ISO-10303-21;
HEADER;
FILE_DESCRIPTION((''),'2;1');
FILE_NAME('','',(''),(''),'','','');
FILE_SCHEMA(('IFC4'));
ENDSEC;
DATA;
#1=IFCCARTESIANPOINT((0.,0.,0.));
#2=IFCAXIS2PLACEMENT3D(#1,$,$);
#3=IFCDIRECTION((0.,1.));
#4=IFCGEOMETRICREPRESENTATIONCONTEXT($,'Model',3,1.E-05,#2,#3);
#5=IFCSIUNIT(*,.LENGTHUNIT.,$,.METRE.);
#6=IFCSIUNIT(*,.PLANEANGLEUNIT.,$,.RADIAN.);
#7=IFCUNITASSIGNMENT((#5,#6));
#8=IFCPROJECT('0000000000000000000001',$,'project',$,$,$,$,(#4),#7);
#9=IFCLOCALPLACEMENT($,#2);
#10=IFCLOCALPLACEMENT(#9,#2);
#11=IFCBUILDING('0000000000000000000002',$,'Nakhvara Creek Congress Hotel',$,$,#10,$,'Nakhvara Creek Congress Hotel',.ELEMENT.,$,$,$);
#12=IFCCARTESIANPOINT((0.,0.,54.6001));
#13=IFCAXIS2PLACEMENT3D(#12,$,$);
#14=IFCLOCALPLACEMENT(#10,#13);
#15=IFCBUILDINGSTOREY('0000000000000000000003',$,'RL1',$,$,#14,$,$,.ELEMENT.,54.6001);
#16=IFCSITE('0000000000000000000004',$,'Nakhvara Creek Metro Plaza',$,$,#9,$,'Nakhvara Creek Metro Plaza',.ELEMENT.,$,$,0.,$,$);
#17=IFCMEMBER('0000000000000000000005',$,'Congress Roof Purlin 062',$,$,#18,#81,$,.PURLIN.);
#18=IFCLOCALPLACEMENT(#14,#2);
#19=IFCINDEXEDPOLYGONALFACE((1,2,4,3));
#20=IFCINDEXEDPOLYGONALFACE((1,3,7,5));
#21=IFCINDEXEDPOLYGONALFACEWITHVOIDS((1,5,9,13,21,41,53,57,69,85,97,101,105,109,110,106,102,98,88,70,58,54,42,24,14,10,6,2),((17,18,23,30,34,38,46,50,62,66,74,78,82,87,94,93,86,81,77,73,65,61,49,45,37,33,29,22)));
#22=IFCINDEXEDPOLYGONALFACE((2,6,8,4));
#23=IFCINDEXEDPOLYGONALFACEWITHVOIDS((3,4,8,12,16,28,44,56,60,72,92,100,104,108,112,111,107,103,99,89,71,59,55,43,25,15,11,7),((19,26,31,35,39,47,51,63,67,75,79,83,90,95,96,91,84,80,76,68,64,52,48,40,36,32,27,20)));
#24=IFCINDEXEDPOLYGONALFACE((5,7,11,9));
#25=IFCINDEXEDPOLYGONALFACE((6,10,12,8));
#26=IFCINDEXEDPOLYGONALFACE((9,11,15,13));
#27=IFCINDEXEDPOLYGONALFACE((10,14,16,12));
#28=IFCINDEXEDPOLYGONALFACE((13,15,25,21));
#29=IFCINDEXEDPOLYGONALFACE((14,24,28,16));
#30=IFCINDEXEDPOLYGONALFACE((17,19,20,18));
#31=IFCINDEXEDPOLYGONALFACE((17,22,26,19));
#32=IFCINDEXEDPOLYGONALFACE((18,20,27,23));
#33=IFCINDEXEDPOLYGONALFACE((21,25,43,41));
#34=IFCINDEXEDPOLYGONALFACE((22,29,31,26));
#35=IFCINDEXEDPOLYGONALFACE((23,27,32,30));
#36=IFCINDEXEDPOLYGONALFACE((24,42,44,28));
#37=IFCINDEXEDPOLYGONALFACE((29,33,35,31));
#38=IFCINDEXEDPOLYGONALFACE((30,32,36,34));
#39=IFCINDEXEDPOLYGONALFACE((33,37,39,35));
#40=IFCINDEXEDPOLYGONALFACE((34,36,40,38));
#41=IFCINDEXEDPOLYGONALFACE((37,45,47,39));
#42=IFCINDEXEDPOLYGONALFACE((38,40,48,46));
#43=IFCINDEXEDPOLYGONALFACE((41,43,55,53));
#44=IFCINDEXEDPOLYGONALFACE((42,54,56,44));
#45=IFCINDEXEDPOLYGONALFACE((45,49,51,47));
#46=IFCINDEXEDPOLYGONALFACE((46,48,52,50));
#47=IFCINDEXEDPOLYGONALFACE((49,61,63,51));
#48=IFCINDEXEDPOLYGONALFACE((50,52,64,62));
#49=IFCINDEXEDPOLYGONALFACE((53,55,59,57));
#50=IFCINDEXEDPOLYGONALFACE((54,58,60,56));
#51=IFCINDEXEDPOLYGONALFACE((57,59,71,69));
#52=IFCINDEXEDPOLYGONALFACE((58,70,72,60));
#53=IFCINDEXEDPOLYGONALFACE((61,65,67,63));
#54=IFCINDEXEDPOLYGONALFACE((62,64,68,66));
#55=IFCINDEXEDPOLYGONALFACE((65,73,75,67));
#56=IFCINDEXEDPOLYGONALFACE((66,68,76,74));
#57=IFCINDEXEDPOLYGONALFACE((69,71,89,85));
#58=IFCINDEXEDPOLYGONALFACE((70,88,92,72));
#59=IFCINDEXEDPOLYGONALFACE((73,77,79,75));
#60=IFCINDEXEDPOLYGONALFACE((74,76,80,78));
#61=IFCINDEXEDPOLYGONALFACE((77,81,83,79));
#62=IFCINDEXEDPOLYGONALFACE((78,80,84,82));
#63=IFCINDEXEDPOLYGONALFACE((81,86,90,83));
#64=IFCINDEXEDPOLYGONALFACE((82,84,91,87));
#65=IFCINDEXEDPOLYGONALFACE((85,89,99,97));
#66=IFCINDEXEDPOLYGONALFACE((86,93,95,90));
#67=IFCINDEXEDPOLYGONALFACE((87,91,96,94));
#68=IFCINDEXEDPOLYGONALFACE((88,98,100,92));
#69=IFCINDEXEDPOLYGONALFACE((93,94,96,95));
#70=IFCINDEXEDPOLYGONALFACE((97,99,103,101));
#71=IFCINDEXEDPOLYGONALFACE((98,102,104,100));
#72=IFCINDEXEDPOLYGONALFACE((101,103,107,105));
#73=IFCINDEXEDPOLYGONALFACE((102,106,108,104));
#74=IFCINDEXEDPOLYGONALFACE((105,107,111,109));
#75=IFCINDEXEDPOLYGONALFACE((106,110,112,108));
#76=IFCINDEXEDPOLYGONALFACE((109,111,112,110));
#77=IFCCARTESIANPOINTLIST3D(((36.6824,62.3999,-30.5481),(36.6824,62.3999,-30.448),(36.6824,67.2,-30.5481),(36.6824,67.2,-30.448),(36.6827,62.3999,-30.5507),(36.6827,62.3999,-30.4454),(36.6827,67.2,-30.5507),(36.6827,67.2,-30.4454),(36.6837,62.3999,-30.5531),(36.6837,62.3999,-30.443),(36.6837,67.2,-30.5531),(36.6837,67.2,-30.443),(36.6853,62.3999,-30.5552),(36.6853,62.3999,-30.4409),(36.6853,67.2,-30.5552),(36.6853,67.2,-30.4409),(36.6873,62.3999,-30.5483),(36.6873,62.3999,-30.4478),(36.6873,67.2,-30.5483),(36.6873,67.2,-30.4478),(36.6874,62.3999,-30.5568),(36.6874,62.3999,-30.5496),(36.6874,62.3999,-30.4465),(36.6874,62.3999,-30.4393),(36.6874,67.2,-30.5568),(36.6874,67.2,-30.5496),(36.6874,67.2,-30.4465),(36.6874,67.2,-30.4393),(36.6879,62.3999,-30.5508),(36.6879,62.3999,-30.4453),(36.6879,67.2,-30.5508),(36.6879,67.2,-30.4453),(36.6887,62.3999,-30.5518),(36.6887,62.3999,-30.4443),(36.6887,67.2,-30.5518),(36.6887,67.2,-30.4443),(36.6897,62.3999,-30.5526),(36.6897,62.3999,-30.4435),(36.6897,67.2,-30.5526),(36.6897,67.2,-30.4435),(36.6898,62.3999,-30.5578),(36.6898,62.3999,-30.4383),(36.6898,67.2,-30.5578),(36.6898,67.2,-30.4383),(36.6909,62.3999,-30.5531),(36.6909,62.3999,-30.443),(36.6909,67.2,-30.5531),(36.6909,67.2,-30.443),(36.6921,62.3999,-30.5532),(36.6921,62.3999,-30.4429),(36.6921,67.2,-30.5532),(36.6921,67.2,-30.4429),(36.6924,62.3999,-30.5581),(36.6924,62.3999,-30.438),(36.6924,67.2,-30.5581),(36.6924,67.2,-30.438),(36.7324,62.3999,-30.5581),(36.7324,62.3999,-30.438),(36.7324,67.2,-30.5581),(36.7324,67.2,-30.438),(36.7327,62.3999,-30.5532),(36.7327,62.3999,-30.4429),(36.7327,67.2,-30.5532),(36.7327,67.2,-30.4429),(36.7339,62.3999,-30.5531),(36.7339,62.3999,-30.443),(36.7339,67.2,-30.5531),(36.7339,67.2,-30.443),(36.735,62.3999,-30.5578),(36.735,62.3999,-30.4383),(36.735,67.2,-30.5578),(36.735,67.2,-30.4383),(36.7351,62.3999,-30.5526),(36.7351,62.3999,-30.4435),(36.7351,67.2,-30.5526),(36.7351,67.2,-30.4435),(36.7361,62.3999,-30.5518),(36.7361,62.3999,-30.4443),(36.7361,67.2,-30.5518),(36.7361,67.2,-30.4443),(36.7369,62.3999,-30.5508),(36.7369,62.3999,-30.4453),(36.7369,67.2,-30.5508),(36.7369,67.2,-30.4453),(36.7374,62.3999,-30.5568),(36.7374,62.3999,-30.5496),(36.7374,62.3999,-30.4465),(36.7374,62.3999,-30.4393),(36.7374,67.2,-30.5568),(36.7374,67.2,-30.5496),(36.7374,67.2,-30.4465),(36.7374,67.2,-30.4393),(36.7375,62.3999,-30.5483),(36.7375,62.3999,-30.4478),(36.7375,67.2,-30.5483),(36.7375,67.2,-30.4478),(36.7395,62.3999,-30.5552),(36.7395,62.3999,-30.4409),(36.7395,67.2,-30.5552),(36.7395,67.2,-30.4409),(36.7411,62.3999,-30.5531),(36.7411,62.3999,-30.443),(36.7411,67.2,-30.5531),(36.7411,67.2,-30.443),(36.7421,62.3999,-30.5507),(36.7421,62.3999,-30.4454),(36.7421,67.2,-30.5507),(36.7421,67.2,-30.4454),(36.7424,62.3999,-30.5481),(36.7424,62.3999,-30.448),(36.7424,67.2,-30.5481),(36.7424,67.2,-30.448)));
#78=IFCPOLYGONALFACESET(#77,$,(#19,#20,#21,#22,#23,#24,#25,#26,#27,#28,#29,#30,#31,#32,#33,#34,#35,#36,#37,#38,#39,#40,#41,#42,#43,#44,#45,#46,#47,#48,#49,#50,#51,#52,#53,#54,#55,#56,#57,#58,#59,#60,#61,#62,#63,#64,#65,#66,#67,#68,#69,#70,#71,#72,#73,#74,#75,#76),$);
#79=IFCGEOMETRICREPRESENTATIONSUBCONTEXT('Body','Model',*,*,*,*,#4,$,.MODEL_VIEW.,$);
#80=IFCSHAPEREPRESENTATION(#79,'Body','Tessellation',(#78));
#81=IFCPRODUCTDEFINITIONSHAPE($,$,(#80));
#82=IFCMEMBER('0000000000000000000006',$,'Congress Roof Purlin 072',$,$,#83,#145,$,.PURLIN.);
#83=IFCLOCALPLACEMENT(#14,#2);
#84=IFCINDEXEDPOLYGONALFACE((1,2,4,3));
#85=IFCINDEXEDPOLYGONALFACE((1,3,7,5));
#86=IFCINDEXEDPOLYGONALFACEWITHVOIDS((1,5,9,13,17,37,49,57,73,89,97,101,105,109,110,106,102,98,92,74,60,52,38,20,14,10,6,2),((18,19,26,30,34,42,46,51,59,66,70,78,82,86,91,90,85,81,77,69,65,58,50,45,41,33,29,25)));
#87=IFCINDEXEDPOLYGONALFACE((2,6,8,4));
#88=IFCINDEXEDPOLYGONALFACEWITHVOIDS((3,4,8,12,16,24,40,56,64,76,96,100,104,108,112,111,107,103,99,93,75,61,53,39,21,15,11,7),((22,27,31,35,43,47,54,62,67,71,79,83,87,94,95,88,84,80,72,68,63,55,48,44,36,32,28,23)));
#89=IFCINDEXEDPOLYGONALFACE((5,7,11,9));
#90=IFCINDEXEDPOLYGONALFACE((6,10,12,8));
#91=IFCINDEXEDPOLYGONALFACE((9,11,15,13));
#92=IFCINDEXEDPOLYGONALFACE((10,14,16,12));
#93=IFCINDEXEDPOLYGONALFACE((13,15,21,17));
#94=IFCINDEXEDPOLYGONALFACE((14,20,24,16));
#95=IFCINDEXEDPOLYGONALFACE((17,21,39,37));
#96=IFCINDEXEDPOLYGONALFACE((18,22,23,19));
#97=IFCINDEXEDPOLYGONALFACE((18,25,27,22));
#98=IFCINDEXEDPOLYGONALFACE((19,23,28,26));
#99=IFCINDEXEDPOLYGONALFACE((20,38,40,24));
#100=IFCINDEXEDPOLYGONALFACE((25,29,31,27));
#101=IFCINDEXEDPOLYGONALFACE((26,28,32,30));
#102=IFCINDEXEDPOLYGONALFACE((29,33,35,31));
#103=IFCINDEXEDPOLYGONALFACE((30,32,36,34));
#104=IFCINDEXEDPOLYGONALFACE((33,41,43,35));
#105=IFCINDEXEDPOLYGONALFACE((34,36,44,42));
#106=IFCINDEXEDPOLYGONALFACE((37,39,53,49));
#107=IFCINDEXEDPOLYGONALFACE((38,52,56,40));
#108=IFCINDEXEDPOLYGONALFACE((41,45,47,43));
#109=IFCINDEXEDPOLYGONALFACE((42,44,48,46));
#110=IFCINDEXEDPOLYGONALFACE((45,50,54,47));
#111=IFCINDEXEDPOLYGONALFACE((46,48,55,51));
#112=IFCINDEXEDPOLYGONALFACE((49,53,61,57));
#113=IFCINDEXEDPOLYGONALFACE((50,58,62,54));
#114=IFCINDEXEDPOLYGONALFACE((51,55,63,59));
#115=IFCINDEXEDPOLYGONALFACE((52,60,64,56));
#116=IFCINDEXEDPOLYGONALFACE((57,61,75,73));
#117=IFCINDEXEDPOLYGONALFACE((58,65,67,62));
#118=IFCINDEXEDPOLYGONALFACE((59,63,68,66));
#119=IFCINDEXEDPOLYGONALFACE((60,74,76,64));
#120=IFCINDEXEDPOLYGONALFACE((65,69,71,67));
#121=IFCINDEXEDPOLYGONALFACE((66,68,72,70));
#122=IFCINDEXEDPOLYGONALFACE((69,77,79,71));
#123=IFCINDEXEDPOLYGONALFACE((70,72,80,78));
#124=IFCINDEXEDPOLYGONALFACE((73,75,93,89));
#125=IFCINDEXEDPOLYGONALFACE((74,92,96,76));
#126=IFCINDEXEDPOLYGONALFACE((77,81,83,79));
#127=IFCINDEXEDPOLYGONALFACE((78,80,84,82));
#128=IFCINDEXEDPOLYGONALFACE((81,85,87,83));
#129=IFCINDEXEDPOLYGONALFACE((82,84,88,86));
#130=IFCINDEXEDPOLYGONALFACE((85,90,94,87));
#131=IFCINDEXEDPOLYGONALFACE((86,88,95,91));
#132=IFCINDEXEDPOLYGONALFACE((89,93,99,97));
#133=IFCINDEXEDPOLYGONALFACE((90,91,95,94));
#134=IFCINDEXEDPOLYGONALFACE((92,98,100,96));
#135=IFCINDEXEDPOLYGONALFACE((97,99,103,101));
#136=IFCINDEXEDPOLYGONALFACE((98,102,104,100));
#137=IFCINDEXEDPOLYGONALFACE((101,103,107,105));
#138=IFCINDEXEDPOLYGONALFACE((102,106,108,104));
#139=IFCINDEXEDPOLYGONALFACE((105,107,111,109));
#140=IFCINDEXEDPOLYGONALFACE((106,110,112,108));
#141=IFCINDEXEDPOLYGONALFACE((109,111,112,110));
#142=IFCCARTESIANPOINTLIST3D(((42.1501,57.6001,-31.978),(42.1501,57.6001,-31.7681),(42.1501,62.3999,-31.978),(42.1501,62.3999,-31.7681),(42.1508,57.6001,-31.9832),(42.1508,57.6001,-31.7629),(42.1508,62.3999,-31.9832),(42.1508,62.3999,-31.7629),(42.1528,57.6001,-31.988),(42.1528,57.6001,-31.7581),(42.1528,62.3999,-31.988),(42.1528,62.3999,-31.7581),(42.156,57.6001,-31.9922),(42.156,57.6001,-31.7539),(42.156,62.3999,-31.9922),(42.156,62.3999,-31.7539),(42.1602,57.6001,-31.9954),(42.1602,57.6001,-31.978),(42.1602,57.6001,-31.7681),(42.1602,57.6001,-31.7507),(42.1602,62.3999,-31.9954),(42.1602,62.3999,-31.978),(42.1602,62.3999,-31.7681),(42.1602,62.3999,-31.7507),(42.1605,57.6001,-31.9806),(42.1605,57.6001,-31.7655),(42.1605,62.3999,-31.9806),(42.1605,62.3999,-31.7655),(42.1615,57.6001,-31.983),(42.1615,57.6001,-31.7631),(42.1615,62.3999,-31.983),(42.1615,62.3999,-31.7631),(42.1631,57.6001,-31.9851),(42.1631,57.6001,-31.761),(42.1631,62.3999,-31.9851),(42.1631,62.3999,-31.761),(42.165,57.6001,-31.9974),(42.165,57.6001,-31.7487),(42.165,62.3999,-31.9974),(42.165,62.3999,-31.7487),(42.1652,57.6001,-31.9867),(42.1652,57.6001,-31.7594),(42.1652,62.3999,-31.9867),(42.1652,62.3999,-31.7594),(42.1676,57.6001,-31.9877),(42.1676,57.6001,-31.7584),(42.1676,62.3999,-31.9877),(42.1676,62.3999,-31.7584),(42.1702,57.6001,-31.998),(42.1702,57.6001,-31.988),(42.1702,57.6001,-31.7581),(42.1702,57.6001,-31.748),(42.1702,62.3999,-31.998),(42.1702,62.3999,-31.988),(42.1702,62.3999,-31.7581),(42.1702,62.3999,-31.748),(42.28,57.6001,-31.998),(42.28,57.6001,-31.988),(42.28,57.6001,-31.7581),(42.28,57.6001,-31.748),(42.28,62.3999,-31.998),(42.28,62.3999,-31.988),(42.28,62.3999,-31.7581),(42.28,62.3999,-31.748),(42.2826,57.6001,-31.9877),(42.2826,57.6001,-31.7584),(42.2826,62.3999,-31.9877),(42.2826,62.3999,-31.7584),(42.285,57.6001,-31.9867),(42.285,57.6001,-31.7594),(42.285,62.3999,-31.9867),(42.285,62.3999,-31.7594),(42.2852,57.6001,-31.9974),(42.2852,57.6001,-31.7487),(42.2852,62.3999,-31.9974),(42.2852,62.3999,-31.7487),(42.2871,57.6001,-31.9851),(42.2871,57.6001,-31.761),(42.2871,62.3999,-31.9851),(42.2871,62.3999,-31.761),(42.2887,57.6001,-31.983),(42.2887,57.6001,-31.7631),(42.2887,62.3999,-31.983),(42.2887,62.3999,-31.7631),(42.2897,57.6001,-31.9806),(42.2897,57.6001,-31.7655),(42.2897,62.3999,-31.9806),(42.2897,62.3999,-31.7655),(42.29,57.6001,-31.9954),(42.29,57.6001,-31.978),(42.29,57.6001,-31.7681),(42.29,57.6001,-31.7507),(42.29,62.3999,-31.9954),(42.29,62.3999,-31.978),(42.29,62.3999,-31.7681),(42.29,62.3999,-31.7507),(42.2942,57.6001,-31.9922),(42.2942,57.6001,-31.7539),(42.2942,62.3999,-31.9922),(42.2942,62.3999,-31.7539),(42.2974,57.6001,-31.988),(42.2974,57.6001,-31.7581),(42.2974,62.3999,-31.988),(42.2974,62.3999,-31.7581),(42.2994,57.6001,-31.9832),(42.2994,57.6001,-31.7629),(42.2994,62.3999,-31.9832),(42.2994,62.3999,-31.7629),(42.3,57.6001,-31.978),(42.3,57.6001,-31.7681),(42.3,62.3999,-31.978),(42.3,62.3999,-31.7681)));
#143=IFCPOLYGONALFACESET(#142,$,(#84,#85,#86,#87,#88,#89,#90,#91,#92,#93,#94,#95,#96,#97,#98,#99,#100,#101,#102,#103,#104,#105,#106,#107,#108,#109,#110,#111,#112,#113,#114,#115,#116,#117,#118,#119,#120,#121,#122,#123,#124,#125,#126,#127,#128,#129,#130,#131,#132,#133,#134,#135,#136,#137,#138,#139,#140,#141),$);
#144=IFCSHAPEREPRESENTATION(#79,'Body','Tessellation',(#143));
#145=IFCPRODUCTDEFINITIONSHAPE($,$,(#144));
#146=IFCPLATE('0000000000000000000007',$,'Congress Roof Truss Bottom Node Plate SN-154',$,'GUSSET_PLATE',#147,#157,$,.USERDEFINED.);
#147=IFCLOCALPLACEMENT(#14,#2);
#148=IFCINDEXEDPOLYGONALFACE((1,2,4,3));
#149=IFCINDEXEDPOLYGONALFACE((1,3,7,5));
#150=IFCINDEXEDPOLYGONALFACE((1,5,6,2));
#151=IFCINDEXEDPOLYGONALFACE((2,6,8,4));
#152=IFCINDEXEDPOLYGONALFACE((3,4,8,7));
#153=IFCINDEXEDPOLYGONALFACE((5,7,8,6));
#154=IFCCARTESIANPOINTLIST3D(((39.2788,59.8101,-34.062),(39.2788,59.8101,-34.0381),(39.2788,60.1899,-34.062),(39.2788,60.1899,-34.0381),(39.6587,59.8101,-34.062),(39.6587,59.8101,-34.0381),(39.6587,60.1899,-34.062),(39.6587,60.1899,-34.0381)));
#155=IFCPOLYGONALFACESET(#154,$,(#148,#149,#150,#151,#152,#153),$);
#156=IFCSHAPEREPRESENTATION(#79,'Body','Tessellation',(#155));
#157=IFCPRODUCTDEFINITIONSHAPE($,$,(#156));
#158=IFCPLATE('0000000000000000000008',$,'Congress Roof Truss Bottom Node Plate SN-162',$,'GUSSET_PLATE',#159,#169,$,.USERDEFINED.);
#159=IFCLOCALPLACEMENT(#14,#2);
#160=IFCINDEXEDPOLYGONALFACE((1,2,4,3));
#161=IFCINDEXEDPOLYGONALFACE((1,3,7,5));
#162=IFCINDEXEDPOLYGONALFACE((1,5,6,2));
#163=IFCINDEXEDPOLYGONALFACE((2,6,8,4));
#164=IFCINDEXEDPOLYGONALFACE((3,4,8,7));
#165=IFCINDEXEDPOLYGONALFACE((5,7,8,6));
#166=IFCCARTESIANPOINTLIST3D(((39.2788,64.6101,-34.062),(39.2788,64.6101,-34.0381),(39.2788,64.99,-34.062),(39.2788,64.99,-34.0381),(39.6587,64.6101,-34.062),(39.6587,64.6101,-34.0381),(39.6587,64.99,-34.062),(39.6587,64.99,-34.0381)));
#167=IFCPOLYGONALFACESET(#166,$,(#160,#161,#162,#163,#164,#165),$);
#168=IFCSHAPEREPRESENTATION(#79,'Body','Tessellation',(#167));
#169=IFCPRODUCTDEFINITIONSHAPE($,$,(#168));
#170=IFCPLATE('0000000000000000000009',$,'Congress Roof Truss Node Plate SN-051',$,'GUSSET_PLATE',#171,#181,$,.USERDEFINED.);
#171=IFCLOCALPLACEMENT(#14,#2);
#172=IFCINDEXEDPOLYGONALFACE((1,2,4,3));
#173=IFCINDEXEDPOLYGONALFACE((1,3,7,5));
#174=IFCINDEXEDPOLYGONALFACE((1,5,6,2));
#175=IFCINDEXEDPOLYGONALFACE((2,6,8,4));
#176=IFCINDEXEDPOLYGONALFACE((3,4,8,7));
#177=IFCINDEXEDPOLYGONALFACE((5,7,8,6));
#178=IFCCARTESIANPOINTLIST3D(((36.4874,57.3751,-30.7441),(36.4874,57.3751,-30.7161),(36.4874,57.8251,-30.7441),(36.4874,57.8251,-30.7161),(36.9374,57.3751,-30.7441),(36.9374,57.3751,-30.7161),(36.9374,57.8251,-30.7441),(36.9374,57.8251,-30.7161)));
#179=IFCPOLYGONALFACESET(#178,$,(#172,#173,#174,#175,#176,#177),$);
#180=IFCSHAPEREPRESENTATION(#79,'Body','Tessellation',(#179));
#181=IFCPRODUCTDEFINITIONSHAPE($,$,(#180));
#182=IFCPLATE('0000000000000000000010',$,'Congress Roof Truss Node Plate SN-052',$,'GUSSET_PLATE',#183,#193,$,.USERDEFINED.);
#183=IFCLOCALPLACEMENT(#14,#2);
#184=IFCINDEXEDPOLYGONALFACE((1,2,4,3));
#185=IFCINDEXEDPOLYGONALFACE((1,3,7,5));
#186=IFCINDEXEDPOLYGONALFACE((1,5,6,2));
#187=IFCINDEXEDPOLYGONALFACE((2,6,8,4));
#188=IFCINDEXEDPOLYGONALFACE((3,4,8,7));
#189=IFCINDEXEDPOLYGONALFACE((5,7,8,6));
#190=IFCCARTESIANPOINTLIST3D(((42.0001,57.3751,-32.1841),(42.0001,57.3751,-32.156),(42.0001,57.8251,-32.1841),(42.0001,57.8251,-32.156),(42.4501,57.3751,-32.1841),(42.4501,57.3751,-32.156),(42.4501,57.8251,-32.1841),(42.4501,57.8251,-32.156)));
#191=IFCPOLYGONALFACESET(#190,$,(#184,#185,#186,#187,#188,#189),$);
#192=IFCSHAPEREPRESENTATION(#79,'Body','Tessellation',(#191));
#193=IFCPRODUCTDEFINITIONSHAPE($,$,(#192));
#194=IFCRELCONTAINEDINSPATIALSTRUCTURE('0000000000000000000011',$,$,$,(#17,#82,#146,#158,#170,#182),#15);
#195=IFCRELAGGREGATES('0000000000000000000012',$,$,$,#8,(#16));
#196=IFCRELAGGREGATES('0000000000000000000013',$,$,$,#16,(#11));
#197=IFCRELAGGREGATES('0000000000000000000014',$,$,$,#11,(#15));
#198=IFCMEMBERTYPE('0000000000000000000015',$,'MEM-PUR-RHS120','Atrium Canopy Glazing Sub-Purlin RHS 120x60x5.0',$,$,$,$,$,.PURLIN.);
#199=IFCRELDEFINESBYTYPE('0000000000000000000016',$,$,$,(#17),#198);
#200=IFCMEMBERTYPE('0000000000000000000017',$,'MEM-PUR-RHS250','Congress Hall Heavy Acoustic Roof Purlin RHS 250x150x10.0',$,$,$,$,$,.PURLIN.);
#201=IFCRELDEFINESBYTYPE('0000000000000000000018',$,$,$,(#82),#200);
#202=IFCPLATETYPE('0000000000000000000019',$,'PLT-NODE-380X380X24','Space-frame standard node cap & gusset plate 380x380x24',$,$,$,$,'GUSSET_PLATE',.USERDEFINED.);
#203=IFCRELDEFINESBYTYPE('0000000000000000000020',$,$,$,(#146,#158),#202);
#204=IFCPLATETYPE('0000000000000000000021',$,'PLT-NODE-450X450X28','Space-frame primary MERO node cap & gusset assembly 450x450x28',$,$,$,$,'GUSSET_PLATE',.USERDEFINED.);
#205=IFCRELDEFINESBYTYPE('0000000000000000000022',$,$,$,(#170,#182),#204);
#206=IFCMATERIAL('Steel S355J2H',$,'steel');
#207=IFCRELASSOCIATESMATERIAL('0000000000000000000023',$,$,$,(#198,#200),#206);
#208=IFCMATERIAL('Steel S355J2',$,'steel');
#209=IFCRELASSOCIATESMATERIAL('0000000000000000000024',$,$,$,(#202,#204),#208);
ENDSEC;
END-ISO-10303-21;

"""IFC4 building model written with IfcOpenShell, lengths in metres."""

from ifc_helpers import new_model, si_unit, direction, frame, origin, origin_2d, place, context, subcontext, project, spatial, rectangle, hollow_rectangle, extrude, material, material_profile, profile_set, type_object, element, save


model = new_model("IFC4")

# Units and contexts
model_context = context("Model", 3, precision=1e-05, world=origin(), true_north=direction((0.0, 1.0)))
body_context = subcontext(model_context, "Body", "Model", "MODEL_VIEW")
ifc_project = project(units=[si_unit("LENGTHUNIT", "METRE"), si_unit("PLANEANGLEUNIT", "RADIAN")], contexts=[model_context])

# Site, building, storey
site_placement = place(None, origin())
site = spatial("IfcSite", under=ifc_project, at=site_placement, Name="Nakhvara Creek Metro Plaza", LongName="Nakhvara Creek Metro Plaza", CompositionType="ELEMENT", RefElevation=0.0)
building_placement = place(site_placement, origin())
building = spatial("IfcBuilding", under=site, at=building_placement, Name="Nakhvara Creek Congress Hotel", LongName="Nakhvara Creek Congress Hotel", CompositionType="ELEMENT")
storey_placement = place(building_placement, frame((0.0, 0.0, 54.6001)))
storey = spatial("IfcBuildingStorey", under=building, at=storey_placement, Name="RL1", CompositionType="ELEMENT", Elevation=54.6001)

# Members
ifc_material_1 = material(Name="Steel S355J2H", Category="steel")
ifc_material_profile_1 = material_profile(ifc_material_1, hollow_rectangle(XDim=0.0601, YDim=0.1201, WallThickness=0.0049, InnerFilletRadius=0.0049, OuterFilletRadius=0.01, at=origin_2d()), Name="RHS 120x60x5.0", Category="LoadBearing")
ifc_profile_set_1 = profile_set([ifc_material_profile_1], Name="Steel S355J2H")
member_type_1 = type_object("IfcMemberType", Name="MEM-PUR-RHS120", Description="Atrium Canopy Glazing Sub-Purlin RHS 120x60x5.0", PredefinedType="PURLIN", material=ifc_profile_set_1)
member_1_placement = place(storey_placement, frame((36.7124, 62.3999, -30.498), z_axis=(0.0, 1.0, 0.0), x_axis=(-1.0, 0.0, 0.0)))
element("IfcMember", 1, at=member_1_placement, inside=storey, type_object=member_type_1, Name="Congress Roof Purlin 062", PredefinedType="PURLIN", context=body_context, shape_type="SweptSolid", body=[
    extrude(hollow_rectangle(XDim=0.0601, YDim=0.1201, WallThickness=0.0049, InnerFilletRadius=0.0049, OuterFilletRadius=0.01, at=origin_2d()), origin(), (0.0, 0.0, 1.0), 4.8),
])
ifc_material_profile_2 = material_profile(ifc_material_1, hollow_rectangle(XDim=0.1499, YDim=0.25, WallThickness=0.01, InnerFilletRadius=0.01, OuterFilletRadius=0.02, at=origin_2d()), Name="RHS 250x150x10.0", Category="LoadBearing")
ifc_profile_set_2 = profile_set([ifc_material_profile_2], Name="Steel S355J2H")
member_type_2 = type_object("IfcMemberType", Name="MEM-PUR-RHS250", Description="Congress Hall Heavy Acoustic Roof Purlin RHS 250x150x10.0", PredefinedType="PURLIN", material=ifc_profile_set_2)
member_2_placement = place(storey_placement, frame((42.2251, 57.6001, -31.873), z_axis=(0.0, 1.0, 0.0), x_axis=(-1.0, 0.0, 0.0)))
element("IfcMember", 2, at=member_2_placement, inside=storey, type_object=member_type_2, Name="Congress Roof Purlin 072", PredefinedType="PURLIN", context=body_context, shape_type="SweptSolid", body=[
    extrude(hollow_rectangle(XDim=0.1499, YDim=0.25, WallThickness=0.01, InnerFilletRadius=0.01, OuterFilletRadius=0.02, at=origin_2d()), origin(), (0.0, 0.0, 1.0), 4.7998),
])

# Plates
ifc_material_2 = material(Name="Steel S355J2", Category="steel")
plate_type_1 = type_object("IfcPlateType", Name="PLT-NODE-380X380X24", Description="Space-frame standard node cap & gusset plate 380x380x24", ElementType="GUSSET_PLATE", PredefinedType="USERDEFINED", material=ifc_material_2)
for number, where, z_axis, x_axis, name in (
    (3, (39.4688, 60.0, -34.062), (0.0, 0.0, 1.0), (1.0, 0.0, 0.0), "Congress Roof Truss Bottom Node Plate SN-154"),
    (4, (39.4688, 64.8, -34.062), (0.0, 0.0, 1.0), (1.0, 0.0, 0.0), "Congress Roof Truss Bottom Node Plate SN-162"),
):
    element("IfcPlate", number, at=place(storey_placement, frame(where, z_axis=z_axis, x_axis=x_axis)), inside=storey, type_object=plate_type_1, Name=name, ObjectType="GUSSET_PLATE", PredefinedType="USERDEFINED", context=body_context, shape_type="SweptSolid", body=[
        extrude(rectangle(XDim=0.3799, YDim=0.3799, at=origin_2d()), origin(), (0.0, 0.0, 1.0), 0.0239),
    ])
plate_type_2 = type_object("IfcPlateType", Name="PLT-NODE-450X450X28", Description="Space-frame primary MERO node cap & gusset assembly 450x450x28", ElementType="GUSSET_PLATE", PredefinedType="USERDEFINED", material=ifc_material_2)
for number, where, z_axis, x_axis, name in (
    (5, (36.7124, 57.6001, -30.7441), (0.0, 0.0, 1.0), (1.0, 0.0, 0.0), "Congress Roof Truss Node Plate SN-051"),
    (6, (42.2251, 57.6001, -32.1841), (0.0, 0.0, 1.0), (1.0, 0.0, 0.0), "Congress Roof Truss Node Plate SN-052"),
):
    element("IfcPlate", number, at=place(storey_placement, frame(where, z_axis=z_axis, x_axis=x_axis)), inside=storey, type_object=plate_type_2, Name=name, ObjectType="GUSSET_PLATE", PredefinedType="USERDEFINED", context=body_context, shape_type="SweptSolid", body=[
        extrude(rectangle(XDim=0.45, YDim=0.45, at=origin_2d()), origin(), (0.0, 0.0, 1.0), 0.0281),
    ])

save(model, "model.ifc")
